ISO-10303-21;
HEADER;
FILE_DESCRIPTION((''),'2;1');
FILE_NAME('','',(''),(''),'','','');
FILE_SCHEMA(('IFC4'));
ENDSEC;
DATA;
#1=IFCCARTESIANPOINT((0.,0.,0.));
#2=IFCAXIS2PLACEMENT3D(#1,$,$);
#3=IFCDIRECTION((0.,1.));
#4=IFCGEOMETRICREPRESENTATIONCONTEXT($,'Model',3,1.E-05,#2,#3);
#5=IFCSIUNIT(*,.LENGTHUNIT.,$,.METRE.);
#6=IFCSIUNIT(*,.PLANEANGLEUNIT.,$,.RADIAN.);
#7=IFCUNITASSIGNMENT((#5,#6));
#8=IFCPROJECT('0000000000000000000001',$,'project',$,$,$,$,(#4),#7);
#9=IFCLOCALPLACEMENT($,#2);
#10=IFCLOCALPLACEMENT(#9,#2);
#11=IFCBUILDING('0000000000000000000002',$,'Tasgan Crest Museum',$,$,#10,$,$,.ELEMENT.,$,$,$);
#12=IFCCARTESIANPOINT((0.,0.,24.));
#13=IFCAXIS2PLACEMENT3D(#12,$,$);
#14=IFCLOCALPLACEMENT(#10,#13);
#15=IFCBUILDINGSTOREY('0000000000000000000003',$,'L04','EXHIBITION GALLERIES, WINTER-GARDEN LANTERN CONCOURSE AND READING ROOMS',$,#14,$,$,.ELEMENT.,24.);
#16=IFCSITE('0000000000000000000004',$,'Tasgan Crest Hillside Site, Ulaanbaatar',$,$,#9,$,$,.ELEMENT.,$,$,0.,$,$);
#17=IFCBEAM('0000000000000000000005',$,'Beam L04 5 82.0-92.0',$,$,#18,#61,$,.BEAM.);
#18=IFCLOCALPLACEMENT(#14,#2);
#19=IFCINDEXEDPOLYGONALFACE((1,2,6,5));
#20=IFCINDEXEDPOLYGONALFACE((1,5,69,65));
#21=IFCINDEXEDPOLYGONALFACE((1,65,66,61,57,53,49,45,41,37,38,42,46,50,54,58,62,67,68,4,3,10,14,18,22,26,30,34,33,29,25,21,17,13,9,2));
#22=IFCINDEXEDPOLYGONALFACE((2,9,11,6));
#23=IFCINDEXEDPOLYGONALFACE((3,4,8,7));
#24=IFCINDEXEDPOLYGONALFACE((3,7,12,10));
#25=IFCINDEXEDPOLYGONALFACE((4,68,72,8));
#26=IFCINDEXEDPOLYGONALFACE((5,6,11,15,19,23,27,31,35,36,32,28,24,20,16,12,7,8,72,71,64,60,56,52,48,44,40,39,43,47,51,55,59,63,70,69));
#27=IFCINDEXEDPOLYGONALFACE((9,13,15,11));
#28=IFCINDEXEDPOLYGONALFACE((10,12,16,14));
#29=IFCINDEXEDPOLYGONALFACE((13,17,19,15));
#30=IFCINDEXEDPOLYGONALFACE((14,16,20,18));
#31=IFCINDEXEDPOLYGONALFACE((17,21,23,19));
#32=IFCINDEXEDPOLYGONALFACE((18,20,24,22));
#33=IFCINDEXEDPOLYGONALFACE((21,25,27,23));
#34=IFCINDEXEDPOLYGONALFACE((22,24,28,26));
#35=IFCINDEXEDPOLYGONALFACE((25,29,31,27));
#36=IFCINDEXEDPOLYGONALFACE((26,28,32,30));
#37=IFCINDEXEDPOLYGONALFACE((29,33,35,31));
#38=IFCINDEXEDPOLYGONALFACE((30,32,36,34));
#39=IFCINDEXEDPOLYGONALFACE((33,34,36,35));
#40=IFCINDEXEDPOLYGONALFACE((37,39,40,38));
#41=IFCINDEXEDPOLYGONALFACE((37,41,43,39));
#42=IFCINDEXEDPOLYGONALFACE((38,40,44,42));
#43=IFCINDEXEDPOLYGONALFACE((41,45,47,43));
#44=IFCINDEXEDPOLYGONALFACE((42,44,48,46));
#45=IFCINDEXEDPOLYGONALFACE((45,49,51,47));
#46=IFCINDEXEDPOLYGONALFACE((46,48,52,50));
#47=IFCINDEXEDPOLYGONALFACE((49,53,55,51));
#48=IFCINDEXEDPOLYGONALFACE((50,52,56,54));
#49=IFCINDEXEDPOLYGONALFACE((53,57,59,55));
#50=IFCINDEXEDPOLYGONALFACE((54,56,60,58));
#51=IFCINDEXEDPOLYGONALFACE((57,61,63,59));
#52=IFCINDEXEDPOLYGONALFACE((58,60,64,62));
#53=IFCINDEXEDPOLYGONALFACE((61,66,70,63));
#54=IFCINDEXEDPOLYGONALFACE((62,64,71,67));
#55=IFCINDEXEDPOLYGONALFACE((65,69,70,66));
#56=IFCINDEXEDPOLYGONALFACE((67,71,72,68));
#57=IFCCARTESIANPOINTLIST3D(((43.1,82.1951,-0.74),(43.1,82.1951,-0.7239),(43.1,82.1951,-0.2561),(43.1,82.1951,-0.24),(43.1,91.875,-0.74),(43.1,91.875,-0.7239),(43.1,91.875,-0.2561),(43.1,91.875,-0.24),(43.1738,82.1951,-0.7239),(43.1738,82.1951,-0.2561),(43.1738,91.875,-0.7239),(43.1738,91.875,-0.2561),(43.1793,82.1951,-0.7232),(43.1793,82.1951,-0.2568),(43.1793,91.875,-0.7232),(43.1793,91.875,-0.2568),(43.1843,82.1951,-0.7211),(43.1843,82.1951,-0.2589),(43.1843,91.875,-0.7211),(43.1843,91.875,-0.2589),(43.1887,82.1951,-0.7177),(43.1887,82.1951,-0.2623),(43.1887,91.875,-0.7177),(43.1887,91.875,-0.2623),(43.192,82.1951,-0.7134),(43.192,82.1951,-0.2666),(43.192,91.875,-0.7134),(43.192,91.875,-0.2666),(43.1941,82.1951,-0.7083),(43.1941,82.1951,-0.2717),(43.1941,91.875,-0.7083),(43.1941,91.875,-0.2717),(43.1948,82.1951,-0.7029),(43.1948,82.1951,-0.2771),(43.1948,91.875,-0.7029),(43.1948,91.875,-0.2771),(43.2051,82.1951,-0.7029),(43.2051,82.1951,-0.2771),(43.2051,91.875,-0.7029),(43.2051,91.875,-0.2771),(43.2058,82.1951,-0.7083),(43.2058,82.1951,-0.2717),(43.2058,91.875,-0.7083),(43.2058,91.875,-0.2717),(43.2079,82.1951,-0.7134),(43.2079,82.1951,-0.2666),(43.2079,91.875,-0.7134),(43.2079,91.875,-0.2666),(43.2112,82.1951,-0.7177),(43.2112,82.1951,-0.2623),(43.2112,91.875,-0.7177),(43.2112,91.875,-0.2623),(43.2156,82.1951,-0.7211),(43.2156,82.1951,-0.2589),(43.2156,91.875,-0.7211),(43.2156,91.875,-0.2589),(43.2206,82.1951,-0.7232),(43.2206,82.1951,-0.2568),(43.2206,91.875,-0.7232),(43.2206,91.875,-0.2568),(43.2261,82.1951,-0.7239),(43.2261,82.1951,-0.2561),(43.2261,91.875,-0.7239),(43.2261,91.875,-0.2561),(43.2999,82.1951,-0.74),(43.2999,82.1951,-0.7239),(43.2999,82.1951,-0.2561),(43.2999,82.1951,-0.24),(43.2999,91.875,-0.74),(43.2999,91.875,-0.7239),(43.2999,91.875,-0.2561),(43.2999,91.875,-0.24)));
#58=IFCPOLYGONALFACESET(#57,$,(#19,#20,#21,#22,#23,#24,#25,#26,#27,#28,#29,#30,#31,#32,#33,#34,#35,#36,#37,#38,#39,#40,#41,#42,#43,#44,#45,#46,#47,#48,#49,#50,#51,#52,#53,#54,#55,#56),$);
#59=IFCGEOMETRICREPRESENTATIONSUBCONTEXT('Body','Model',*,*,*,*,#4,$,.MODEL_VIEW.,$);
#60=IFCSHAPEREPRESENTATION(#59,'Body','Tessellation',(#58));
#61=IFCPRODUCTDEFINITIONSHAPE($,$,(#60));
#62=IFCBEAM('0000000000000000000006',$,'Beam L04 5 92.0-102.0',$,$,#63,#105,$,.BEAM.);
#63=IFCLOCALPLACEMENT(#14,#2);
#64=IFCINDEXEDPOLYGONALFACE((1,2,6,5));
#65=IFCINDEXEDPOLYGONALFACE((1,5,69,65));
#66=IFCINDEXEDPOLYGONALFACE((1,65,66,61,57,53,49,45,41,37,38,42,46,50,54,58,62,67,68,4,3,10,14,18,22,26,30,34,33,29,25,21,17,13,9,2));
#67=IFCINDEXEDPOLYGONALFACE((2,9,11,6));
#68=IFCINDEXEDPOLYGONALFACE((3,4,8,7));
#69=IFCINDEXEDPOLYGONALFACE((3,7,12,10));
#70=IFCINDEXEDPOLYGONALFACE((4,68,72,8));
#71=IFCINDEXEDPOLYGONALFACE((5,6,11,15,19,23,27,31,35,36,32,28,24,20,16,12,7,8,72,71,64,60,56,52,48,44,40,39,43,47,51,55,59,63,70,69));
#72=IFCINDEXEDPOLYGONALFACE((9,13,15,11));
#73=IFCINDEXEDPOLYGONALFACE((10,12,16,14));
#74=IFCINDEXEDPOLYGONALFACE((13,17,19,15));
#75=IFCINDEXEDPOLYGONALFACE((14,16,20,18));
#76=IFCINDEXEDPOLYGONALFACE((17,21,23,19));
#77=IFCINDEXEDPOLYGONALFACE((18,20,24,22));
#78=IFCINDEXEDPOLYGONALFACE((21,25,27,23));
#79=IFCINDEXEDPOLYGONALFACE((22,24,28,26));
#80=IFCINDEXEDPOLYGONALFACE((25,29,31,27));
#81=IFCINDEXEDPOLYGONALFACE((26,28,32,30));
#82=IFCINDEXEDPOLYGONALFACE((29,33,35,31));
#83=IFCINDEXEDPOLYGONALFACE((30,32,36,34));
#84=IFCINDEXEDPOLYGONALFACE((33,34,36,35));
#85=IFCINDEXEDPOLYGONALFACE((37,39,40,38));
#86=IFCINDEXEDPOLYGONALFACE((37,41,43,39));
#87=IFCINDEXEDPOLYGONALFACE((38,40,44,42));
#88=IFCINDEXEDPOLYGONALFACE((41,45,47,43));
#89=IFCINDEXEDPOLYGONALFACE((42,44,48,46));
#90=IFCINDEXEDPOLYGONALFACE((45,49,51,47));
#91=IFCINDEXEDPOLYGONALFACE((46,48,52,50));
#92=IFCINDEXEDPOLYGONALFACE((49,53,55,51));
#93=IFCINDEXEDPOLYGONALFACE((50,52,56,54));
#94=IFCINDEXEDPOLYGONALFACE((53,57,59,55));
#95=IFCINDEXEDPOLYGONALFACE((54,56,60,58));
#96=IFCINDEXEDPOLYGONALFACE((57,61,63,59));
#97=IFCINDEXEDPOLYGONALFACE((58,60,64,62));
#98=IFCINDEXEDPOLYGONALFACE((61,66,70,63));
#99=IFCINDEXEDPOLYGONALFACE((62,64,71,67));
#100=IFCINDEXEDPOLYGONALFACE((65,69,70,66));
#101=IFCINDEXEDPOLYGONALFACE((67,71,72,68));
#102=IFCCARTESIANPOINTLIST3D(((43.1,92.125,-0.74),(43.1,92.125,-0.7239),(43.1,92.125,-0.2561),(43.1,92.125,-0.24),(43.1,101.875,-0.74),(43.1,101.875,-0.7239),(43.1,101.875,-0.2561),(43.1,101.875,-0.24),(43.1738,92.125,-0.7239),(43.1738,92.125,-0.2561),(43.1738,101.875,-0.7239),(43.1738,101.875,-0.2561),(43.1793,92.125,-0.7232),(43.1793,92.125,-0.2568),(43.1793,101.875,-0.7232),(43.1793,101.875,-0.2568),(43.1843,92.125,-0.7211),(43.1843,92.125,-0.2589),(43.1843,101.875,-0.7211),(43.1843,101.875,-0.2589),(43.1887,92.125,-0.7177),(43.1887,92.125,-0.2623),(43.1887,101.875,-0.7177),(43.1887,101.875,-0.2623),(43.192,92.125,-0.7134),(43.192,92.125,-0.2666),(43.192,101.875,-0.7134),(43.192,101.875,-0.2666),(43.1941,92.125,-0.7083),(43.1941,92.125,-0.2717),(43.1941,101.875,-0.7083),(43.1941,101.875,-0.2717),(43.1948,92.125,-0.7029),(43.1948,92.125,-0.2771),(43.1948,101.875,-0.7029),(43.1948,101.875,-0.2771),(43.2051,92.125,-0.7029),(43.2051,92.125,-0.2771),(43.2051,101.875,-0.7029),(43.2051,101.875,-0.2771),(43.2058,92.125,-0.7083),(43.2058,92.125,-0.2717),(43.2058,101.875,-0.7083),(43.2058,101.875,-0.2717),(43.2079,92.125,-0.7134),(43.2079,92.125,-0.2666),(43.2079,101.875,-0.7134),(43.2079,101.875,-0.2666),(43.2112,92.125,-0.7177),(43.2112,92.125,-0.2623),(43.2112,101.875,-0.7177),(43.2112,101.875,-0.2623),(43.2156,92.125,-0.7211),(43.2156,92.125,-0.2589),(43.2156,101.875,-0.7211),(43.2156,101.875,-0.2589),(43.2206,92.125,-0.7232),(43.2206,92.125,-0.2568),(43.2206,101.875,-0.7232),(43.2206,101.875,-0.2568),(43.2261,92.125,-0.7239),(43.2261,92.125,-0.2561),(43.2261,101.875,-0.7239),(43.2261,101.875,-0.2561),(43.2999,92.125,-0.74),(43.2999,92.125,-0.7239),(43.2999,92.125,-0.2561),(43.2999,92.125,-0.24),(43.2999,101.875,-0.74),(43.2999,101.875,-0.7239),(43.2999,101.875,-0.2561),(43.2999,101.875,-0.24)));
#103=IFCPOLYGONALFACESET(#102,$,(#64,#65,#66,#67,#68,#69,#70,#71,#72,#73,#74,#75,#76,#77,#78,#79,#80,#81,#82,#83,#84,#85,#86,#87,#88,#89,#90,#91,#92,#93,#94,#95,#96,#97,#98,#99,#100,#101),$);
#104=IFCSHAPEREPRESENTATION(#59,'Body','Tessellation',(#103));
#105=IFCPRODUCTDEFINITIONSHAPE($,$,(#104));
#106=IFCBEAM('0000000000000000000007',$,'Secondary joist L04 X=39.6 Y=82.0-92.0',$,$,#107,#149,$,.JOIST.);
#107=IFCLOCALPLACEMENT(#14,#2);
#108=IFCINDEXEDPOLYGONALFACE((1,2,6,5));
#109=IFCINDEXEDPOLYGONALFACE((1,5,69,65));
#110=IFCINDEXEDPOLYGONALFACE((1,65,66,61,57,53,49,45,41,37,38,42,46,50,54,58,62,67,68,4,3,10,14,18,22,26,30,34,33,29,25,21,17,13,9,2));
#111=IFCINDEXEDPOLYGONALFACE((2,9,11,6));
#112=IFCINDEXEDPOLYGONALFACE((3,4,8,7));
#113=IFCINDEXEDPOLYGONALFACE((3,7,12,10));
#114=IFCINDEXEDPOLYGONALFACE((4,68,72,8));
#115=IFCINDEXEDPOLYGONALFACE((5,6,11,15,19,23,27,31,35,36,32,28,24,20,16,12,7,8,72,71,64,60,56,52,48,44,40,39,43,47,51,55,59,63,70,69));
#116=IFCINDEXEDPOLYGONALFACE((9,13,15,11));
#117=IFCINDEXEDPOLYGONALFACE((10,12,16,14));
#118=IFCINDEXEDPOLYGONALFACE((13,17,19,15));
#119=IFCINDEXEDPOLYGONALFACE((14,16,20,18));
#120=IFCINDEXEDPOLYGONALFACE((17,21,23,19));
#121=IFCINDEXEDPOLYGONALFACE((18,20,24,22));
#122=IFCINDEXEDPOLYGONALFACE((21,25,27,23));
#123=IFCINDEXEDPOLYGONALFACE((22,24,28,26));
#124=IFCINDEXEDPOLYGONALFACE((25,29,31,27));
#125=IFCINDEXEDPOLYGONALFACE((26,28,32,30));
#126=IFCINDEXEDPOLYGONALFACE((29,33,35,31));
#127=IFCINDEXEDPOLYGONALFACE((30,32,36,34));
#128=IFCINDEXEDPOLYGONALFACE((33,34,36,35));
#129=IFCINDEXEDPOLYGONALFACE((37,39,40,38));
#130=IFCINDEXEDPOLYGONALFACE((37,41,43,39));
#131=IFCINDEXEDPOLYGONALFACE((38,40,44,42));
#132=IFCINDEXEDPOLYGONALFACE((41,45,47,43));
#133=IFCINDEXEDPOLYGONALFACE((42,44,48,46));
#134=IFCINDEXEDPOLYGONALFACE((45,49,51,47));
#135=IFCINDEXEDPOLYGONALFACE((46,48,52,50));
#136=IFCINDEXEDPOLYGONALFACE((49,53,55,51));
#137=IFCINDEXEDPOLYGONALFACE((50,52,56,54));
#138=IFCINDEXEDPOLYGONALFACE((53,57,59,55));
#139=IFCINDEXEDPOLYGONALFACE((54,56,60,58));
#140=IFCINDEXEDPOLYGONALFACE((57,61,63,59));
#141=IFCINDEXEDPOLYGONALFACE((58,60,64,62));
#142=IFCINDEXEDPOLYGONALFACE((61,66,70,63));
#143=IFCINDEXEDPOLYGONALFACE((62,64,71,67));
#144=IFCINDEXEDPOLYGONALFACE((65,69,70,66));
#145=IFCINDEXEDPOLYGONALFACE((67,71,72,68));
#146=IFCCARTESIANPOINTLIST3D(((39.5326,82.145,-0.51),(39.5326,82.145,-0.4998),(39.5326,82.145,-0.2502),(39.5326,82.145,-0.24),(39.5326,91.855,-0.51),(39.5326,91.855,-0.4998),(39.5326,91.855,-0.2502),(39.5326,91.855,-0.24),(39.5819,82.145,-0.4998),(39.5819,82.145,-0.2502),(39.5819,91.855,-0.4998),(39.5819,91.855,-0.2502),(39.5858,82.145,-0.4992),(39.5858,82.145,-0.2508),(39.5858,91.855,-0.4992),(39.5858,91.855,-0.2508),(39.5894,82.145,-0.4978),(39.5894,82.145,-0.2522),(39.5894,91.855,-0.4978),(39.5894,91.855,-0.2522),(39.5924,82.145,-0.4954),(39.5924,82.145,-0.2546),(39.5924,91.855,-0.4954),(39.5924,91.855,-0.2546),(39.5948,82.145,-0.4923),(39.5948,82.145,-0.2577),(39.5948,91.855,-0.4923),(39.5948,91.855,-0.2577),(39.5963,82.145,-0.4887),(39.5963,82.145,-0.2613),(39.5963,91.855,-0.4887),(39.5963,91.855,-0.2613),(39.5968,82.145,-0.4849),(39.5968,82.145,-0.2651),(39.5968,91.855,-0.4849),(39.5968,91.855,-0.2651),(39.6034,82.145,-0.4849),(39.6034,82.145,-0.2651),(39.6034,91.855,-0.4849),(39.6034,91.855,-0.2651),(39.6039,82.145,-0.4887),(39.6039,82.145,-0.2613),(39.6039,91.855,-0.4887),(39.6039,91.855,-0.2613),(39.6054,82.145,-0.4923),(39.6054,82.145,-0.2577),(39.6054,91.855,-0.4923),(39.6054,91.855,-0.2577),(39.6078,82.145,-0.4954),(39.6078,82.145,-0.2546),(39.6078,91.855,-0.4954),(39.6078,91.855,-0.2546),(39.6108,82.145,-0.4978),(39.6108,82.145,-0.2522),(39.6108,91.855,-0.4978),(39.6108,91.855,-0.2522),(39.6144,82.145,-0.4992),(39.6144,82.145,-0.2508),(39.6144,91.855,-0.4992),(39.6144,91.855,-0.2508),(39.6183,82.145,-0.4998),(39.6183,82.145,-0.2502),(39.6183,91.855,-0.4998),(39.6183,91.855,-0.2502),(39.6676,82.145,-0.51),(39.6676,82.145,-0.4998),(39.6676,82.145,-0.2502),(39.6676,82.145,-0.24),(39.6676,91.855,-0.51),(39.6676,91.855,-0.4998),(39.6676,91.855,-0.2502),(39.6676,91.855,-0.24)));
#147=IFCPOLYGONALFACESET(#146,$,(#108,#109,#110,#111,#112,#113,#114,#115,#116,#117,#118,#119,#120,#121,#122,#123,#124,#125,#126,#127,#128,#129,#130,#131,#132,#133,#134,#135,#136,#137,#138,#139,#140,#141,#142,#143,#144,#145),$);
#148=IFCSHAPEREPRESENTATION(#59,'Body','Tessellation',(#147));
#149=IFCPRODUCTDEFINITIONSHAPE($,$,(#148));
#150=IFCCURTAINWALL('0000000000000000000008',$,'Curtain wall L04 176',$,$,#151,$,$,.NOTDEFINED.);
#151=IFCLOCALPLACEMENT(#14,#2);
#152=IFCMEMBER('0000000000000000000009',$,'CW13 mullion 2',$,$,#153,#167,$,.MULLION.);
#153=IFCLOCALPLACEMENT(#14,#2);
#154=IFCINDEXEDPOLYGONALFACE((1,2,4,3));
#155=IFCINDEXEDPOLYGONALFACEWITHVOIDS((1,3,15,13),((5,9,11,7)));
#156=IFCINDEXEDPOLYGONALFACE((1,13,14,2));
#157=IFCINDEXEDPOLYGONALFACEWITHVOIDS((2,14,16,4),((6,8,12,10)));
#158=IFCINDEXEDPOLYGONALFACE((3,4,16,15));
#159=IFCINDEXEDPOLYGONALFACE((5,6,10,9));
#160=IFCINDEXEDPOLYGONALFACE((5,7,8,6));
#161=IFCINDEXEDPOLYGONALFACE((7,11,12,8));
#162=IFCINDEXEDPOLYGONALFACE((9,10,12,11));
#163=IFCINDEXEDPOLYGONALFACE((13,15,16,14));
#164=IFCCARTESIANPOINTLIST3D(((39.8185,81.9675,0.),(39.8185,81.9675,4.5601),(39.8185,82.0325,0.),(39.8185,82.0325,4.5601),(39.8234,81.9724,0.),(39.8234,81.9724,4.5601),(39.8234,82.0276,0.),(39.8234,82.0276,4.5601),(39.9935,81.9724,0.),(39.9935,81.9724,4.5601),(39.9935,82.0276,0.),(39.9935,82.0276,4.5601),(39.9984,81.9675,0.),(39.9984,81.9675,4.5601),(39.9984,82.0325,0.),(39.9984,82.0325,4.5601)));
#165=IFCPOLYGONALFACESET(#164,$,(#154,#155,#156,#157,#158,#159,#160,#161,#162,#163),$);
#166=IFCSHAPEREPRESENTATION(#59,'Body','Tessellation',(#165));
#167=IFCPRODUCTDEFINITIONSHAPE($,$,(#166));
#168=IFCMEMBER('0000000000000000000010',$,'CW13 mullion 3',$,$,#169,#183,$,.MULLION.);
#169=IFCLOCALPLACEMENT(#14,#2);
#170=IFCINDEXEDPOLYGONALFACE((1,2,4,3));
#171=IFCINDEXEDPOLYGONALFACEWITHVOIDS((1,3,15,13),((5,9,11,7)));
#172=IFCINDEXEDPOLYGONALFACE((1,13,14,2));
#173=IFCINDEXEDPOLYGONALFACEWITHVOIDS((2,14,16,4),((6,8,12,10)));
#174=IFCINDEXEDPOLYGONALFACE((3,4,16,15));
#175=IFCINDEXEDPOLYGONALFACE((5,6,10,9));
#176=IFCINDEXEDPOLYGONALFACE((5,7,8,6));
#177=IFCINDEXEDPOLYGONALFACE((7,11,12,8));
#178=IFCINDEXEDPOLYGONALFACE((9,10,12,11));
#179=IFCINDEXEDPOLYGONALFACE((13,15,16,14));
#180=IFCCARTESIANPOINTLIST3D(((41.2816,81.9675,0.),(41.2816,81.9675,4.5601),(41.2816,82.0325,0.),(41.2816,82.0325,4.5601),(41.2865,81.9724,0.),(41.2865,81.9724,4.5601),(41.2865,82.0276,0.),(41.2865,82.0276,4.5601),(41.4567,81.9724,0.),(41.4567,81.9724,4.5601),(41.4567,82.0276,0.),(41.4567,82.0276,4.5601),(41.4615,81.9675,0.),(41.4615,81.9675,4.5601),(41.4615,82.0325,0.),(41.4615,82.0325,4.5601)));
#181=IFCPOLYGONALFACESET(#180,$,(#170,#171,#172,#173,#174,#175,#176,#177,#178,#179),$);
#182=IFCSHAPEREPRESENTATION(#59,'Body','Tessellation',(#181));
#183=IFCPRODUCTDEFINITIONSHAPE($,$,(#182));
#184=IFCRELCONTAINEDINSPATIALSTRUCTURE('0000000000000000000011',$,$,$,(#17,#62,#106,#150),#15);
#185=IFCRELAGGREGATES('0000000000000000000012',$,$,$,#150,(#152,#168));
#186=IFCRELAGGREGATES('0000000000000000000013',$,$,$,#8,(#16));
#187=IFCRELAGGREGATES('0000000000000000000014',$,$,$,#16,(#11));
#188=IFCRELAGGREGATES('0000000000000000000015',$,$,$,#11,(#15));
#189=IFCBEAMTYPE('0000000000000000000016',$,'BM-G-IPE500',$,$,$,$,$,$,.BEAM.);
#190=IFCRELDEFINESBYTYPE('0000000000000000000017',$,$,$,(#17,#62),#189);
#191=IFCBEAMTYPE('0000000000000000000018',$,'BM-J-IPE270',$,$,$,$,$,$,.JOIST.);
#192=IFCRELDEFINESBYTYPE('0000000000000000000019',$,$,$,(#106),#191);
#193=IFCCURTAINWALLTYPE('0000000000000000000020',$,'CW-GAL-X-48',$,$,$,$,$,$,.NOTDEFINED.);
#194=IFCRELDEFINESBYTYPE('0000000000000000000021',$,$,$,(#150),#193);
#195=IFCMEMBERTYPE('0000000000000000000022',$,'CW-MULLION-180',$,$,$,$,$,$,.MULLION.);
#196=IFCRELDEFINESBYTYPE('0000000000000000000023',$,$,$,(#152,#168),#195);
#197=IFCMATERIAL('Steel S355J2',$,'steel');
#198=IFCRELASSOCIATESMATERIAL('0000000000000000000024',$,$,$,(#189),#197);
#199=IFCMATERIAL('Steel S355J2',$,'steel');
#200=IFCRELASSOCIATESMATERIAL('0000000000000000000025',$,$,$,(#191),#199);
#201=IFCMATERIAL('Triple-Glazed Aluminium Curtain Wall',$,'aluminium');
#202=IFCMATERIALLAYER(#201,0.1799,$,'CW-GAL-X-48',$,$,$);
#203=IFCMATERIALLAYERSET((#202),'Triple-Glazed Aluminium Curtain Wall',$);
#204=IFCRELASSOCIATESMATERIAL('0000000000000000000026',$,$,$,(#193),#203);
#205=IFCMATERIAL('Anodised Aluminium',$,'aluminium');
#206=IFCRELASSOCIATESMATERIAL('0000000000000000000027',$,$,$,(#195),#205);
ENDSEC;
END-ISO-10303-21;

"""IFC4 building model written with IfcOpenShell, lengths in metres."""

from ifc_helpers import new_model, si_unit, direction, frame, origin, origin_2d, place, context, subcontext, project, spatial, hollow_rectangle, i_section, extrude, material, layer, layer_set, material_profile, profile_set, type_object, element, aggregate, save


model = new_model("IFC4")

# Units and contexts
model_context = context("Model", 3, precision=1e-05, world=origin(), true_north=direction((0.0, 1.0)))
body_context = subcontext(model_context, "Body", "Model", "MODEL_VIEW")
ifc_project = project(units=[si_unit("LENGTHUNIT", "METRE"), si_unit("PLANEANGLEUNIT", "RADIAN")], contexts=[model_context])

# Site, building, storey
site_placement = place(None, origin())
site = spatial("IfcSite", under=ifc_project, at=site_placement, Name="Tasgan Crest Hillside Site, Ulaanbaatar", CompositionType="ELEMENT", RefElevation=0.0)
building_placement = place(site_placement, origin())
building = spatial("IfcBuilding", under=site, at=building_placement, Name="Tasgan Crest Museum", CompositionType="ELEMENT")
storey_placement = place(building_placement, frame((0.0, 0.0, 24.0)))
storey = spatial("IfcBuildingStorey", under=building, at=storey_placement, Name="L04", Description="EXHIBITION GALLERIES, WINTER-GARDEN LANTERN CONCOURSE AND READING ROOMS", CompositionType="ELEMENT", Elevation=24.0)

# Beams
ifc_material_1 = material(Name="Steel S355J2", Category="steel")
ifc_material_profile_1 = material_profile(ifc_material_1, i_section(OverallWidth=0.2, OverallDepth=0.5, WebThickness=0.0103, FlangeThickness=0.0161, FilletRadius=0.021, at=origin_2d()), Name="IPE 500")
ifc_profile_set_1 = profile_set([ifc_material_profile_1], Name="Steel S355J2")
beam_type_1 = type_object("IfcBeamType", Name="BM-G-IPE500", PredefinedType="BEAM", material=ifc_profile_set_1)
beam_1_placement = place(storey_placement, frame((43.2, 82.1951, -0.49), z_axis=(0.0, 1.0, 0.0), x_axis=(-1.0, 0.0, 0.0)))
element("IfcBeam", 1, at=beam_1_placement, inside=storey, type_object=beam_type_1, Name="Beam L04 5 82.0-92.0", PredefinedType="BEAM", context=body_context, shape_type="SweptSolid", body=[
    extrude(i_section(OverallWidth=0.2, OverallDepth=0.5, WebThickness=0.0103, FlangeThickness=0.0161, FilletRadius=0.021, at=origin_2d()), origin(), (0.0, 0.0, 1.0), 9.6799),
])
beam_2_placement = place(storey_placement, frame((43.2, 92.125, -0.49), z_axis=(0.0, 1.0, 0.0), x_axis=(-1.0, 0.0, 0.0)))
element("IfcBeam", 2, at=beam_2_placement, inside=storey, type_object=beam_type_1, Name="Beam L04 5 92.0-102.0", PredefinedType="BEAM", context=body_context, shape_type="SweptSolid", body=[
    extrude(i_section(OverallWidth=0.2, OverallDepth=0.5, WebThickness=0.0103, FlangeThickness=0.0161, FilletRadius=0.021, at=origin_2d()), origin(), (0.0, 0.0, 1.0), 9.75),
])
ifc_material_2 = material(Name="Steel S355J2", Category="steel")
ifc_material_profile_2 = material_profile(ifc_material_2, i_section(OverallWidth=0.135, OverallDepth=0.27, WebThickness=0.0066, FlangeThickness=0.0103, FilletRadius=0.0149, at=origin_2d()), Name="IPE 270")
ifc_profile_set_2 = profile_set([ifc_material_profile_2], Name="Steel S355J2")
beam_type_2 = type_object("IfcBeamType", Name="BM-J-IPE270", PredefinedType="JOIST", material=ifc_profile_set_2)
beam_3_placement = place(storey_placement, frame((39.6001, 82.145, -0.375), z_axis=(0.0, 1.0, 0.0), x_axis=(-1.0, 0.0, 0.0)))
element("IfcBeam", 3, at=beam_3_placement, inside=storey, type_object=beam_type_2, Name="Secondary joist L04 X=39.6 Y=82.0-92.0", PredefinedType="JOIST", context=body_context, shape_type="SweptSolid", body=[
    extrude(i_section(OverallWidth=0.135, OverallDepth=0.27, WebThickness=0.0066, FlangeThickness=0.0103, FilletRadius=0.0149, at=origin_2d()), origin(), (0.0, 0.0, 1.0), 9.71),
])

# Curtain wall, members
ifc_material_3 = material(Name="Triple-Glazed Aluminium Curtain Wall", Category="aluminium")
ifc_layer_1 = layer(ifc_material_3, 0.1799, Name="CW-GAL-X-48")
ifc_layer_set_1 = layer_set([ifc_layer_1], Name="Triple-Glazed Aluminium Curtain Wall")
curtain_wall_type = type_object("IfcCurtainWallType", Name="CW-GAL-X-48", PredefinedType="NOTDEFINED", material=ifc_layer_set_1)
curtain_wall_placement = place(storey_placement, origin())
curtain_wall = element("IfcCurtainWall", 4, at=curtain_wall_placement, inside=storey, type_object=curtain_wall_type, Name="Curtain wall L04 176", PredefinedType="NOTDEFINED")
ifc_material_4 = material(Name="Anodised Aluminium", Category="aluminium")
ifc_material_profile_3 = material_profile(ifc_material_4, hollow_rectangle(XDim=0.0649, YDim=0.1799, WallThickness=0.0049, at=origin_2d()), Name="ALU MULLION 180x65x5")
ifc_profile_set_3 = profile_set([ifc_material_profile_3], Name="Anodised Aluminium")
member_type_1 = type_object("IfcMemberType", Name="CW-MULLION-180", PredefinedType="MULLION", material=ifc_profile_set_3)
member_1_placement = place(storey_placement, frame((39.9084, 82.0, 0.0), z_axis=(0.0, 0.0, 1.0), x_axis=(0.0, 1.0, 0.0)))
member_1 = element("IfcMember", 5, at=member_1_placement, type_object=member_type_1, Name="CW13 mullion 2", PredefinedType="MULLION", context=body_context, shape_type="SweptSolid", body=[
    extrude(hollow_rectangle(XDim=0.0649, YDim=0.1799, WallThickness=0.0049, at=origin_2d()), origin(), (0.0, 0.0, 1.0), 4.5601),
])
member_2_placement = place(storey_placement, frame((41.3716, 82.0, 0.0), z_axis=(0.0, 0.0, 1.0), x_axis=(0.0, 1.0, 0.0)))
member_2 = element("IfcMember", 6, at=member_2_placement, type_object=member_type_1, Name="CW13 mullion 3", PredefinedType="MULLION", context=body_context, shape_type="SweptSolid", body=[
    extrude(hollow_rectangle(XDim=0.0649, YDim=0.1799, WallThickness=0.0049, at=origin_2d()), origin(), (0.0, 0.0, 1.0), 4.5601),
])
aggregate(curtain_wall, [member_1, member_2])

save(model, "model.ifc")
